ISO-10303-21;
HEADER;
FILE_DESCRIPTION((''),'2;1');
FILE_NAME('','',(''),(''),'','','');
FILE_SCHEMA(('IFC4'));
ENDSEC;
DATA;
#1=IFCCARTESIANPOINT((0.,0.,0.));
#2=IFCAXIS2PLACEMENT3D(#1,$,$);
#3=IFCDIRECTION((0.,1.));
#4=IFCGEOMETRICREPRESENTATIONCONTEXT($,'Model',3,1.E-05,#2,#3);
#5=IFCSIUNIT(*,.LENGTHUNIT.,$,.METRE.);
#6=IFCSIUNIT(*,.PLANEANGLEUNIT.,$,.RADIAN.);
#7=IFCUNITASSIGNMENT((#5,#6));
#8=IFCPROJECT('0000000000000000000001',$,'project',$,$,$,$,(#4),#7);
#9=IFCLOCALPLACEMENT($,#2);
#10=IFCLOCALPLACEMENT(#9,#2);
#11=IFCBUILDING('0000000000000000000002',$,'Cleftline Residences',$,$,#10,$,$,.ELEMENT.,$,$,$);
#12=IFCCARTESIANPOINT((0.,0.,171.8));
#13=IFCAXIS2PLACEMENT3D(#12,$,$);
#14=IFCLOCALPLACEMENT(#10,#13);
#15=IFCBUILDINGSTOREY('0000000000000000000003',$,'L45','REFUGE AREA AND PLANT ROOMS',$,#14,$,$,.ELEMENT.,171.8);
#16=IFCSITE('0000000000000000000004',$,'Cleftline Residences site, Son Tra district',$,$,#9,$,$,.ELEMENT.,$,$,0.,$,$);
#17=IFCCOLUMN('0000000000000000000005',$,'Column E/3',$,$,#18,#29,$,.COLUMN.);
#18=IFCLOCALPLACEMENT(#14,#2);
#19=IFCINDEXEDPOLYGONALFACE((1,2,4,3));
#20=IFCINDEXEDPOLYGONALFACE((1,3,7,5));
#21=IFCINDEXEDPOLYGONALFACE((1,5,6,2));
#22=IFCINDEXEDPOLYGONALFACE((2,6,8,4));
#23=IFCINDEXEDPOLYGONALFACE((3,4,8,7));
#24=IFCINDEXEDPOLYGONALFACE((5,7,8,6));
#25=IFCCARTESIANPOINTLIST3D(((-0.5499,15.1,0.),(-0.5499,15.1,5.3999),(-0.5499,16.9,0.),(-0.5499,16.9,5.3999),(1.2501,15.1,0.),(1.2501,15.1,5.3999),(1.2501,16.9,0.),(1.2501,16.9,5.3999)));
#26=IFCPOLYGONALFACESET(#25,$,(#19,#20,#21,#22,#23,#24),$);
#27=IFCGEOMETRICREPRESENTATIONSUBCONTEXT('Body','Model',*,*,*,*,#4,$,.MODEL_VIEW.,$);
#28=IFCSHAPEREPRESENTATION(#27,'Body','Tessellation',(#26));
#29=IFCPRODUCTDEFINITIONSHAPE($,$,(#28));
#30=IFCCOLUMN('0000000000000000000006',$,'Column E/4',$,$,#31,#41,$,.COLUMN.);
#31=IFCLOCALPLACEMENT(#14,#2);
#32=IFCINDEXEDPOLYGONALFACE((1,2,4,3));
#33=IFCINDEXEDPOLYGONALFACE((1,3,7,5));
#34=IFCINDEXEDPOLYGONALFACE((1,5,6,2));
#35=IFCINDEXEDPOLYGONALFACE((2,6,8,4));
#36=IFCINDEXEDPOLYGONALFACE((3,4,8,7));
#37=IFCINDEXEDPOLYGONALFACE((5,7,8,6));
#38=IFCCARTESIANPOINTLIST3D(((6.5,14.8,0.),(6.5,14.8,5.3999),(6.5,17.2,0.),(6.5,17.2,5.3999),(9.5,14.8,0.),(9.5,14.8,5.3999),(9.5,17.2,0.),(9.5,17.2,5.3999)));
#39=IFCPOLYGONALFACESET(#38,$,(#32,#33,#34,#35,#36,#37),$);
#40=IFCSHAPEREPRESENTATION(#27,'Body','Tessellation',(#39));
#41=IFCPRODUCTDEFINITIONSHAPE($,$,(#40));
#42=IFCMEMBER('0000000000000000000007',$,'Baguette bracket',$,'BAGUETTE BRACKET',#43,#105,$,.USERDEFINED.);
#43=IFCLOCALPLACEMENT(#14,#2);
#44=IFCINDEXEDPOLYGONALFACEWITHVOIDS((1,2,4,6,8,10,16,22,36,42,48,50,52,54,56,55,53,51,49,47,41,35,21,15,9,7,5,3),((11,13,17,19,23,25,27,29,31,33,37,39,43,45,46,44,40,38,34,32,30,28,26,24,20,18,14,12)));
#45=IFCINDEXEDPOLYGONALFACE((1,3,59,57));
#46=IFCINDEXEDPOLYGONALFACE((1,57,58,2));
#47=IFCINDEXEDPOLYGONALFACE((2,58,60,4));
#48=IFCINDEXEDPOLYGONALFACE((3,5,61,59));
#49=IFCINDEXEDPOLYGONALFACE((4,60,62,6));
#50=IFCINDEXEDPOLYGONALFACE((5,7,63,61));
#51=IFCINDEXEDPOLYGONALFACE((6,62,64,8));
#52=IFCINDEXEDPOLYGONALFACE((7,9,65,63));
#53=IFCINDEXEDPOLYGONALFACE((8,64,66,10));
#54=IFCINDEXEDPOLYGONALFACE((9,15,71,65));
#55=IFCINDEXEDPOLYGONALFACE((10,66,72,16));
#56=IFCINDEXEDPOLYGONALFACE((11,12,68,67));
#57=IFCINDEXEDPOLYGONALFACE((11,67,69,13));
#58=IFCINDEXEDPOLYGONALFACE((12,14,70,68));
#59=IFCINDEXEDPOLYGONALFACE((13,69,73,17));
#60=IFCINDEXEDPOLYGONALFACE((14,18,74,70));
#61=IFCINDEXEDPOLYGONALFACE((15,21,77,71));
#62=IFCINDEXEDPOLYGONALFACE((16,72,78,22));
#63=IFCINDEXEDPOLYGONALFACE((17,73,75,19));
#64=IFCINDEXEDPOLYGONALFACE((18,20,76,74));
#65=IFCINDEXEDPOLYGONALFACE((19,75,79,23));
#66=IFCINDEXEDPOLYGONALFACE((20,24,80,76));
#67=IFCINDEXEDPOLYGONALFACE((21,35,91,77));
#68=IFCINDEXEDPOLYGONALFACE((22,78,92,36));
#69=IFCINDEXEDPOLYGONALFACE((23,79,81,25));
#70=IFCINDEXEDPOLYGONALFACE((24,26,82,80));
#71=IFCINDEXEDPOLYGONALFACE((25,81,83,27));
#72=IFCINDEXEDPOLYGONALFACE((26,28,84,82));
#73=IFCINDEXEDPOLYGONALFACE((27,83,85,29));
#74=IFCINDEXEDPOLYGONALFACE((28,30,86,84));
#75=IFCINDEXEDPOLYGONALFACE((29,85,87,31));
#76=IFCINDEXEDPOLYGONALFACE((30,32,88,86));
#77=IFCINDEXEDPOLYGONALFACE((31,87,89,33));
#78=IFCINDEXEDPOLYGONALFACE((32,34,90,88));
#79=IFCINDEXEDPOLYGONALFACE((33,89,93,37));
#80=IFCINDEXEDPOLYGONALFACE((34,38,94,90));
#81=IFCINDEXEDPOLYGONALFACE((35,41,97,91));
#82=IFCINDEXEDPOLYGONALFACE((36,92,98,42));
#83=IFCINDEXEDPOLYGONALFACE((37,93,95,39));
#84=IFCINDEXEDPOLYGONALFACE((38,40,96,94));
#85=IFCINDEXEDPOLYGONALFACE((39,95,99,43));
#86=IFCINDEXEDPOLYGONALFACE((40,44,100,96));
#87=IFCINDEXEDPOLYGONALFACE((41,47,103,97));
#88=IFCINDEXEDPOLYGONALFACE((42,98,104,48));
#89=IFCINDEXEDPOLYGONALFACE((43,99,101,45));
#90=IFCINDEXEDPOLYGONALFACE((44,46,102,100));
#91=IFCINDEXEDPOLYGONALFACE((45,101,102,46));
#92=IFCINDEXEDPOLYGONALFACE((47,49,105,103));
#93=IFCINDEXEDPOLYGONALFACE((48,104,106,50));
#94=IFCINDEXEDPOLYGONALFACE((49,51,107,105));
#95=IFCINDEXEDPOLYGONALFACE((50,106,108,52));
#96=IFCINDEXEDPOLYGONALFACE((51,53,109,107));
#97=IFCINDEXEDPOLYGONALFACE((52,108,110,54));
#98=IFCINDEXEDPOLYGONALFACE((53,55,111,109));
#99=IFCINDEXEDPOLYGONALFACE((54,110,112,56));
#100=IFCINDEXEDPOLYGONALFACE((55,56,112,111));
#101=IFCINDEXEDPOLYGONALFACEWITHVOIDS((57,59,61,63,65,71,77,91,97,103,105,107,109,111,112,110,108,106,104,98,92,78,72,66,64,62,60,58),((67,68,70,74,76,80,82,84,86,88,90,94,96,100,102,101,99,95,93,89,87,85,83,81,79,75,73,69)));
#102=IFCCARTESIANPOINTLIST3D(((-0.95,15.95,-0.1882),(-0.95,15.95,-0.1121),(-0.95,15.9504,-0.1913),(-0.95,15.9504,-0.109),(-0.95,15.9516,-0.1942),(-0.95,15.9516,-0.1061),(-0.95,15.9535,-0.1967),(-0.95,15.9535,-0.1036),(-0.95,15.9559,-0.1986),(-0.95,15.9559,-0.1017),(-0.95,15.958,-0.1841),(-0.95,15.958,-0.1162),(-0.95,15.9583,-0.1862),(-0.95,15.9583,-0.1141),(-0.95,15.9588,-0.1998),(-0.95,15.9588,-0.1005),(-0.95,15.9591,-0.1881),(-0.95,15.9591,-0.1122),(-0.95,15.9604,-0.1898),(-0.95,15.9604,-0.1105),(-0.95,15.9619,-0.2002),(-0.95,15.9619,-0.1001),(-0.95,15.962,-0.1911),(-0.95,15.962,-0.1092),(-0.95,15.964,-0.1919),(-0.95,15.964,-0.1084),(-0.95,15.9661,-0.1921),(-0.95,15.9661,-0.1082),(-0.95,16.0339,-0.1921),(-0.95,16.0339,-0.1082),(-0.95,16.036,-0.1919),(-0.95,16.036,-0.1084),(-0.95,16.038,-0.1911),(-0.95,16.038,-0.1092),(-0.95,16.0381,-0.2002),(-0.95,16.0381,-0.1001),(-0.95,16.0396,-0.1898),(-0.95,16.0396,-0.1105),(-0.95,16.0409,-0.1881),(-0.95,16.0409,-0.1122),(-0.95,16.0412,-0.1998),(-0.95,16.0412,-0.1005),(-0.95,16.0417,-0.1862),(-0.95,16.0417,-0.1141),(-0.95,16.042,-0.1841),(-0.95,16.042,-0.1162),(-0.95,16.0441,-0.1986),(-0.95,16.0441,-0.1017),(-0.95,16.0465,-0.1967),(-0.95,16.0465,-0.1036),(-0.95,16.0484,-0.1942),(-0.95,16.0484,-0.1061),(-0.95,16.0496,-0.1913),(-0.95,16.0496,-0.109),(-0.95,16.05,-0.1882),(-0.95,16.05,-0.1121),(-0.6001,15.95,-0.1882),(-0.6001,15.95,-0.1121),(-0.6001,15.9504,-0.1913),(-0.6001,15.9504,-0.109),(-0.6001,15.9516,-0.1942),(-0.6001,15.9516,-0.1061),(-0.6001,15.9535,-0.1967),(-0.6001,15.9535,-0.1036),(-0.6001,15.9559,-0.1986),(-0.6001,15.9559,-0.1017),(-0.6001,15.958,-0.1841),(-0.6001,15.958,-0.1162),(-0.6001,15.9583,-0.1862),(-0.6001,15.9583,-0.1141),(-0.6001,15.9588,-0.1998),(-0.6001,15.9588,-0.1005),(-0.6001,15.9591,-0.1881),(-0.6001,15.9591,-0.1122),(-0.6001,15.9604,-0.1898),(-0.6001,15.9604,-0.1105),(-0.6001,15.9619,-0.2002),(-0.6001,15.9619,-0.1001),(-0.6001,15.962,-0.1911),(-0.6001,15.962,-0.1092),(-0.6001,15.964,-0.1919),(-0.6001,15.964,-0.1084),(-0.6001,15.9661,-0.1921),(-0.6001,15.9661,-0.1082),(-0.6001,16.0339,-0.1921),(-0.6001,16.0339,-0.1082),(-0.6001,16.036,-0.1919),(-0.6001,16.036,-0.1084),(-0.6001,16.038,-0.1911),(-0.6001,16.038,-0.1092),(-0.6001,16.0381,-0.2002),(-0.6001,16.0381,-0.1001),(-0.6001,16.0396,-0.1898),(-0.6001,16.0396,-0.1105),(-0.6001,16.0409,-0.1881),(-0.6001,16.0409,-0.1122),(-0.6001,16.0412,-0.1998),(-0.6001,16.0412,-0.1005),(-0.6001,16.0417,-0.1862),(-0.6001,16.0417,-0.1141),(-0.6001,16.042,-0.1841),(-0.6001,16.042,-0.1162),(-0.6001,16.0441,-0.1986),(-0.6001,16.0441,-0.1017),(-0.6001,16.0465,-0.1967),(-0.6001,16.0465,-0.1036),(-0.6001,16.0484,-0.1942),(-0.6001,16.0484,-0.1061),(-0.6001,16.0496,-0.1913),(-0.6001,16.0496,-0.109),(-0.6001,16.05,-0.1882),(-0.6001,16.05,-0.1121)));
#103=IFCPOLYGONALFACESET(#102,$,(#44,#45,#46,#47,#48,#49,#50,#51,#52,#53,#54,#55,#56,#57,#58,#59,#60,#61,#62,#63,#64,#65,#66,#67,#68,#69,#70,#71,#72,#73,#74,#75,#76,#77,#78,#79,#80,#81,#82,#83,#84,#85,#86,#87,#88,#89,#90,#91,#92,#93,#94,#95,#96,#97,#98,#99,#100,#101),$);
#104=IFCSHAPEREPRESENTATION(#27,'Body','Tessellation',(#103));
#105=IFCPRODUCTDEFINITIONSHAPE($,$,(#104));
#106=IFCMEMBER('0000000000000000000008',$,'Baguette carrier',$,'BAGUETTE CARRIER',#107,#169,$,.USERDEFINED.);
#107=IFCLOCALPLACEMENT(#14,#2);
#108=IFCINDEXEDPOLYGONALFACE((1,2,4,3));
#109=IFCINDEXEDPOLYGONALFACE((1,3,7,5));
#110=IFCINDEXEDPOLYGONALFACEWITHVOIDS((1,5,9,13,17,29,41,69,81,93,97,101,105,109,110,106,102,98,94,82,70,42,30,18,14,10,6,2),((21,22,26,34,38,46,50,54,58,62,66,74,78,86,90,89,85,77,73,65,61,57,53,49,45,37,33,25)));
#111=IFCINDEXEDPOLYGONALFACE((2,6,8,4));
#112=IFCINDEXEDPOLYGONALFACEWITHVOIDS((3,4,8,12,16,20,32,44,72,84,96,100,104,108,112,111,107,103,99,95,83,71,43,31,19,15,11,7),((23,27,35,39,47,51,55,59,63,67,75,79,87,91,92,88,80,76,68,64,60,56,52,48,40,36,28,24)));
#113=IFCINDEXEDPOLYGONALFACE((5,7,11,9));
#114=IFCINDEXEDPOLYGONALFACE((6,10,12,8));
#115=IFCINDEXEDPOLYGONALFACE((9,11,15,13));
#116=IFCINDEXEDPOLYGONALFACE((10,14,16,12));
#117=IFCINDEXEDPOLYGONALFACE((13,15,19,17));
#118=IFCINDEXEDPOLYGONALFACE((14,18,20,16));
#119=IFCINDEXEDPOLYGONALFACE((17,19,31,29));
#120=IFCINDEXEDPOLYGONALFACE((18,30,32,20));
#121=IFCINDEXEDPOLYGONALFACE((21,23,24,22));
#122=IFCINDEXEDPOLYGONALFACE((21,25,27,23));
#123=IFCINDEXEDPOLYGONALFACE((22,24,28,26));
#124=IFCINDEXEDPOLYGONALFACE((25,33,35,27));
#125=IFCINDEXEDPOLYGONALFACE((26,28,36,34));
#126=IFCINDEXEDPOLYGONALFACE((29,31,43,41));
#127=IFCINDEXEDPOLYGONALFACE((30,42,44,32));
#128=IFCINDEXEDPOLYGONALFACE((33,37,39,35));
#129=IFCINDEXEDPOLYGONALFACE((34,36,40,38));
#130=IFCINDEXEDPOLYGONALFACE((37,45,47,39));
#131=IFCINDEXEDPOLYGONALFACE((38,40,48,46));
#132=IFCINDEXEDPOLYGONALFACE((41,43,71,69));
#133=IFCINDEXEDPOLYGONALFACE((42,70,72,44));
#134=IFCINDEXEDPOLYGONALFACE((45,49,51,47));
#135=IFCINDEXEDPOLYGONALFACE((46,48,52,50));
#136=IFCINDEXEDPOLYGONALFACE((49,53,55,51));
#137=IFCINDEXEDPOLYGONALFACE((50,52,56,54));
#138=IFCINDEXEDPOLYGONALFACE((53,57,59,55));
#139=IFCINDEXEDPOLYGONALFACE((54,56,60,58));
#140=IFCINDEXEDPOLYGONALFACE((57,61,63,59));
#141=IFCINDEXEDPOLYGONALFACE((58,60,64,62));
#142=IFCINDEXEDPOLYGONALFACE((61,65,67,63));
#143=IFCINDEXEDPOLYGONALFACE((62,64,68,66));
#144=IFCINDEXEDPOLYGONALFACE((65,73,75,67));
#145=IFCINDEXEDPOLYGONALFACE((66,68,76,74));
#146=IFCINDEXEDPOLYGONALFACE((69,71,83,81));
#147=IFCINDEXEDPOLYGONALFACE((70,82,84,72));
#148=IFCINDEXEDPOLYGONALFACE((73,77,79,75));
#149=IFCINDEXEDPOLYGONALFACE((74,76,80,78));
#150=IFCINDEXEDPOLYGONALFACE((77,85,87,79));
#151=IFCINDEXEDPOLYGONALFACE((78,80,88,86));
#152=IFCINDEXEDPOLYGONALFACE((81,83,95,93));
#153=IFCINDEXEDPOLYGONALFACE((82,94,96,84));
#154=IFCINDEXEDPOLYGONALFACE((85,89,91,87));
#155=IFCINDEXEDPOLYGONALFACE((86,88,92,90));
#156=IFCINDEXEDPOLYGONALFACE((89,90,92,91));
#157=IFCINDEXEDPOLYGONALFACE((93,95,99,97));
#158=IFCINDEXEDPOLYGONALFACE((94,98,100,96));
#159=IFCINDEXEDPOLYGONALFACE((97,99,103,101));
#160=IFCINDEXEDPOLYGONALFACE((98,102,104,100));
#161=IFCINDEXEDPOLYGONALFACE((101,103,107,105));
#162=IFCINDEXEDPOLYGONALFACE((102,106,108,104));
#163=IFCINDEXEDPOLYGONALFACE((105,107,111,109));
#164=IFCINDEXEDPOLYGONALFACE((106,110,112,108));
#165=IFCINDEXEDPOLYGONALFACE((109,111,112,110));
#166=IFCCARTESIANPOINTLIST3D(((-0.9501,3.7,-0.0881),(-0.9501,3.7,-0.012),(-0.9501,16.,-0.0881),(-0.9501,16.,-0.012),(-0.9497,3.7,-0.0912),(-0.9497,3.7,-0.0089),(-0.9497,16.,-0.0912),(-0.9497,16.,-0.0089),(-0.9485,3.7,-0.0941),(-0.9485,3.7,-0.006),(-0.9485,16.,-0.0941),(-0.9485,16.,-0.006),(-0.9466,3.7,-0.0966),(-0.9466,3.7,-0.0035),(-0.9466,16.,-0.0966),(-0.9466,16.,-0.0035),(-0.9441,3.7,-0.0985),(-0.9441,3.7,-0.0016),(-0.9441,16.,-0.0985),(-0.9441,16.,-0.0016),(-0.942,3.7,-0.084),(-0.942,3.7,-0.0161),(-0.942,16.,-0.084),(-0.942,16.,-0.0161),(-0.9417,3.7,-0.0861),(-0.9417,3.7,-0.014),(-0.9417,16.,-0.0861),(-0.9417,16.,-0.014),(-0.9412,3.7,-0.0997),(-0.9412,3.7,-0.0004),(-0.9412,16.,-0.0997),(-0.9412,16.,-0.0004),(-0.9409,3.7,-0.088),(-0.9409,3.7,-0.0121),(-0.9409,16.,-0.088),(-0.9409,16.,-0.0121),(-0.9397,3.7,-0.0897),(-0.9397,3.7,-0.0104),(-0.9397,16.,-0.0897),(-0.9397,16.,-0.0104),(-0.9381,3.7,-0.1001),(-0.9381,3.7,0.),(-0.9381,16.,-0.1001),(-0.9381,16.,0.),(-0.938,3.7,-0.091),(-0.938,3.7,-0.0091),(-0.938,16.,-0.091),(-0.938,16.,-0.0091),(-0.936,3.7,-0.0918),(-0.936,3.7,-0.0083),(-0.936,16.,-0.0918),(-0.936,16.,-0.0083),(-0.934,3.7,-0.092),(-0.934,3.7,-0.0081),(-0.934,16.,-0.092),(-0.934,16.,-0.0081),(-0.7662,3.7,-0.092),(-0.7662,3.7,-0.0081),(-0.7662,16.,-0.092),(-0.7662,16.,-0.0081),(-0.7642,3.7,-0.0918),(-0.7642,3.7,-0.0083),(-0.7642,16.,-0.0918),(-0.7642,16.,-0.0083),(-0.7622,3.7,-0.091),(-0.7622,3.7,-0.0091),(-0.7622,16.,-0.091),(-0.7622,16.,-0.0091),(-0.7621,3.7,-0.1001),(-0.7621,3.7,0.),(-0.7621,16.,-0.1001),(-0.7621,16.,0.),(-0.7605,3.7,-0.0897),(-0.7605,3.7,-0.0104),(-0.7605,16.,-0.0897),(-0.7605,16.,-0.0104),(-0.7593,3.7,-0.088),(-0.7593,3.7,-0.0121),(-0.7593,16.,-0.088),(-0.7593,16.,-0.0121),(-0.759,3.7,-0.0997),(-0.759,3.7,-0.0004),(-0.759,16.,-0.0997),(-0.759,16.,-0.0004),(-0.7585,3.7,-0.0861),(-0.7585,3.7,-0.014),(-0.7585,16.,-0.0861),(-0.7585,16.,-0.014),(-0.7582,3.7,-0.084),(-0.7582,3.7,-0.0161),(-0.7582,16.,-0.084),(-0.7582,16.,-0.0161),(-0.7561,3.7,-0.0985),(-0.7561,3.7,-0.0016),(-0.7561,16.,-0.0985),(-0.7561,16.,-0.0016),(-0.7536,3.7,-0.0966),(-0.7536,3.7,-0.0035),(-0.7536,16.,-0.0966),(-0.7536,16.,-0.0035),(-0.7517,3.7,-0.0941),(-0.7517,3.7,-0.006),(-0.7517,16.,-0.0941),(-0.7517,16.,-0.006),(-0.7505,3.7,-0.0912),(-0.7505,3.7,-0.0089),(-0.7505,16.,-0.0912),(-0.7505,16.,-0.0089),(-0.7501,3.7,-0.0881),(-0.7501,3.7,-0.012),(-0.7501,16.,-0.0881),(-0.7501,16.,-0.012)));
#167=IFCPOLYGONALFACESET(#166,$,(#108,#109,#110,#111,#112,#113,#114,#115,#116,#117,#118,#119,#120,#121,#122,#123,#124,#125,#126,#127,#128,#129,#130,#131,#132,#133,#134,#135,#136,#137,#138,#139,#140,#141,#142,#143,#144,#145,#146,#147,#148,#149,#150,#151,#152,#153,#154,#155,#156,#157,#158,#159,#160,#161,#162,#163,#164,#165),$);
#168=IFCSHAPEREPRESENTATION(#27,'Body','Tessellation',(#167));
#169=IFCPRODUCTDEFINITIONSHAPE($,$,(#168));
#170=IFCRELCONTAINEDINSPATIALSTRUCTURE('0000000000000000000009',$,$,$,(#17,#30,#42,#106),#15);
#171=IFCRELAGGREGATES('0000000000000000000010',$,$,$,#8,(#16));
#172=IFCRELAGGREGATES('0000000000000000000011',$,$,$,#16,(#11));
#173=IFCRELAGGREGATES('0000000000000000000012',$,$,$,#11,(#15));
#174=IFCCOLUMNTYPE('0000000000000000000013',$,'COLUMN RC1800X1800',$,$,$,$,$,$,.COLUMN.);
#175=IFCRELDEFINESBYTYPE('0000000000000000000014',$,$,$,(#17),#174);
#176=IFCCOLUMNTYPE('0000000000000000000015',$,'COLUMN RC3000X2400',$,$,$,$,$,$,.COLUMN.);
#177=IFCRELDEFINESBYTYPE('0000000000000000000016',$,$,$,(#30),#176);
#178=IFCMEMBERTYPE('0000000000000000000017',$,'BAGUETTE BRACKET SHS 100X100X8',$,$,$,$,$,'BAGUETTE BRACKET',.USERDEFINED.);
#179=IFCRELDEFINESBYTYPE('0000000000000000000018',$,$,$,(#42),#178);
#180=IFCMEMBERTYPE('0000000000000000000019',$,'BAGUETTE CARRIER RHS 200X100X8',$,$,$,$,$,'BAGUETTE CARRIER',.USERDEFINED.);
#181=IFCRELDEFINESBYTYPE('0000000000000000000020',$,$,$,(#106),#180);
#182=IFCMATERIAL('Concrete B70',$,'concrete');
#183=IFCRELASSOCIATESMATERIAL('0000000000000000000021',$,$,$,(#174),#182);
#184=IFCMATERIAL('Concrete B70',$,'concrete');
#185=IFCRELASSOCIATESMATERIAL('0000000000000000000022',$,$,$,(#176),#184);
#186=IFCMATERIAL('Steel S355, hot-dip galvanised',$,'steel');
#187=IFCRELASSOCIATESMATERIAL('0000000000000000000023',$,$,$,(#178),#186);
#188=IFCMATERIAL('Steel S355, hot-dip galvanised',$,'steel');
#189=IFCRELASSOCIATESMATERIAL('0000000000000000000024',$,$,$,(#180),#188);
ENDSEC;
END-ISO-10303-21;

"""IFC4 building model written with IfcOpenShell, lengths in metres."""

from ifc_helpers import new_model, si_unit, direction, frame, origin, origin_2d, place, context, subcontext, project, spatial, rectangle, hollow_rectangle, extrude, material, material_profile, profile_set, type_object, element, save


model = new_model("IFC4")

# Units and contexts
model_context = context("Model", 3, precision=1e-05, world=origin(), true_north=direction((0.0, 1.0)))
body_context = subcontext(model_context, "Body", "Model", "MODEL_VIEW")
ifc_project = project(units=[si_unit("LENGTHUNIT", "METRE"), si_unit("PLANEANGLEUNIT", "RADIAN")], contexts=[model_context])

# Site, building, storey
site_placement = place(None, origin())
site = spatial("IfcSite", under=ifc_project, at=site_placement, Name="Cleftline Residences site, Son Tra district", CompositionType="ELEMENT", RefElevation=0.0)
building_placement = place(site_placement, origin())
building = spatial("IfcBuilding", under=site, at=building_placement, Name="Cleftline Residences", CompositionType="ELEMENT")
storey_placement = place(building_placement, frame((0.0, 0.0, 171.8)))
storey = spatial("IfcBuildingStorey", under=building, at=storey_placement, Name="L45", Description="REFUGE AREA AND PLANT ROOMS", CompositionType="ELEMENT", Elevation=171.8)

# Columns
ifc_material_1 = material(Name="Concrete B70", Category="concrete")
ifc_material_profile_1 = material_profile(ifc_material_1, rectangle(XDim=1.8, YDim=1.8, at=origin_2d()))
ifc_profile_set_1 = profile_set([ifc_material_profile_1], Name="Concrete B70")
column_type_1 = type_object("IfcColumnType", Name="COLUMN RC1800X1800", PredefinedType="COLUMN", material=ifc_profile_set_1)
column_1_placement = place(storey_placement, frame((0.3501, 16.0, 0.0), z_axis=(0.0, 0.0, 1.0), x_axis=(1.0, 0.0, 0.0)))
element("IfcColumn", 1, at=column_1_placement, inside=storey, type_object=column_type_1, Name="Column E/3", PredefinedType="COLUMN", context=body_context, shape_type="SweptSolid", body=[
    extrude(rectangle(XDim=1.8, YDim=1.8, at=origin_2d()), origin(), (0.0, 0.0, 1.0), 5.3999),
])
ifc_material_2 = material(Name="Concrete B70", Category="concrete")
ifc_material_profile_2 = material_profile(ifc_material_2, rectangle(XDim=3.0, YDim=2.3999, at=origin_2d()))
ifc_profile_set_2 = profile_set([ifc_material_profile_2], Name="Concrete B70")
column_type_2 = type_object("IfcColumnType", Name="COLUMN RC3000X2400", PredefinedType="COLUMN", material=ifc_profile_set_2)
column_2_placement = place(storey_placement, frame((8.0, 16.0, 0.0), z_axis=(0.0, 0.0, 1.0), x_axis=(1.0, 0.0, 0.0)))
element("IfcColumn", 2, at=column_2_placement, inside=storey, type_object=column_type_2, Name="Column E/4", PredefinedType="COLUMN", context=body_context, shape_type="SweptSolid", body=[
    extrude(rectangle(XDim=3.0, YDim=2.3999, at=origin_2d()), origin(), (0.0, 0.0, 1.0), 5.3999),
])

# Members
ifc_material_3 = material(Name="Steel S355, hot-dip galvanised", Category="steel")
ifc_material_profile_3 = material_profile(ifc_material_3, hollow_rectangle(XDim=0.1001, YDim=0.1001, WallThickness=0.0081, InnerFilletRadius=0.0081, OuterFilletRadius=0.012, at=origin_2d()))
ifc_profile_set_3 = profile_set([ifc_material_profile_3], Name="Steel S355, hot-dip galvanised")
member_type_1 = type_object("IfcMemberType", Name="BAGUETTE BRACKET SHS 100X100X8", ElementType="BAGUETTE BRACKET", PredefinedType="USERDEFINED", material=ifc_profile_set_3)
member_1_placement = place(storey_placement, frame((-0.6001, 16.0, -0.1501), z_axis=(-1.0, 0.0, 0.0), x_axis=(0.0, -1.0, 0.0)))
element("IfcMember", 3, at=member_1_placement, inside=storey, type_object=member_type_1, Name="Baguette bracket", ObjectType="BAGUETTE BRACKET", PredefinedType="USERDEFINED", context=body_context, shape_type="SweptSolid", body=[
    extrude(hollow_rectangle(XDim=0.1001, YDim=0.1001, WallThickness=0.0081, InnerFilletRadius=0.0081, OuterFilletRadius=0.012, at=origin_2d()), origin(), (0.0, 0.0, 1.0), 0.3499),
])
ifc_material_4 = material(Name="Steel S355, hot-dip galvanised", Category="steel")
ifc_material_profile_4 = material_profile(ifc_material_4, hollow_rectangle(XDim=0.1001, YDim=0.2, WallThickness=0.0081, InnerFilletRadius=0.0081, OuterFilletRadius=0.012, at=origin_2d()))
ifc_profile_set_4 = profile_set([ifc_material_profile_4], Name="Steel S355, hot-dip galvanised")
member_type_2 = type_object("IfcMemberType", Name="BAGUETTE CARRIER RHS 200X100X8", ElementType="BAGUETTE CARRIER", PredefinedType="USERDEFINED", material=ifc_profile_set_4)
member_2_placement = place(storey_placement, frame((-0.8501, 16.0, -0.05), z_axis=(0.0, -1.0, 0.0), x_axis=(0.0, 0.0, 1.0)))
element("IfcMember", 4, at=member_2_placement, inside=storey, type_object=member_type_2, Name="Baguette carrier", ObjectType="BAGUETTE CARRIER", PredefinedType="USERDEFINED", context=body_context, shape_type="SweptSolid", body=[
    extrude(hollow_rectangle(XDim=0.1001, YDim=0.2, WallThickness=0.0081, InnerFilletRadius=0.0081, OuterFilletRadius=0.012, at=origin_2d()), origin(), (0.0, 0.0, 1.0), 12.3),
])

save(model, "model.ifc")
